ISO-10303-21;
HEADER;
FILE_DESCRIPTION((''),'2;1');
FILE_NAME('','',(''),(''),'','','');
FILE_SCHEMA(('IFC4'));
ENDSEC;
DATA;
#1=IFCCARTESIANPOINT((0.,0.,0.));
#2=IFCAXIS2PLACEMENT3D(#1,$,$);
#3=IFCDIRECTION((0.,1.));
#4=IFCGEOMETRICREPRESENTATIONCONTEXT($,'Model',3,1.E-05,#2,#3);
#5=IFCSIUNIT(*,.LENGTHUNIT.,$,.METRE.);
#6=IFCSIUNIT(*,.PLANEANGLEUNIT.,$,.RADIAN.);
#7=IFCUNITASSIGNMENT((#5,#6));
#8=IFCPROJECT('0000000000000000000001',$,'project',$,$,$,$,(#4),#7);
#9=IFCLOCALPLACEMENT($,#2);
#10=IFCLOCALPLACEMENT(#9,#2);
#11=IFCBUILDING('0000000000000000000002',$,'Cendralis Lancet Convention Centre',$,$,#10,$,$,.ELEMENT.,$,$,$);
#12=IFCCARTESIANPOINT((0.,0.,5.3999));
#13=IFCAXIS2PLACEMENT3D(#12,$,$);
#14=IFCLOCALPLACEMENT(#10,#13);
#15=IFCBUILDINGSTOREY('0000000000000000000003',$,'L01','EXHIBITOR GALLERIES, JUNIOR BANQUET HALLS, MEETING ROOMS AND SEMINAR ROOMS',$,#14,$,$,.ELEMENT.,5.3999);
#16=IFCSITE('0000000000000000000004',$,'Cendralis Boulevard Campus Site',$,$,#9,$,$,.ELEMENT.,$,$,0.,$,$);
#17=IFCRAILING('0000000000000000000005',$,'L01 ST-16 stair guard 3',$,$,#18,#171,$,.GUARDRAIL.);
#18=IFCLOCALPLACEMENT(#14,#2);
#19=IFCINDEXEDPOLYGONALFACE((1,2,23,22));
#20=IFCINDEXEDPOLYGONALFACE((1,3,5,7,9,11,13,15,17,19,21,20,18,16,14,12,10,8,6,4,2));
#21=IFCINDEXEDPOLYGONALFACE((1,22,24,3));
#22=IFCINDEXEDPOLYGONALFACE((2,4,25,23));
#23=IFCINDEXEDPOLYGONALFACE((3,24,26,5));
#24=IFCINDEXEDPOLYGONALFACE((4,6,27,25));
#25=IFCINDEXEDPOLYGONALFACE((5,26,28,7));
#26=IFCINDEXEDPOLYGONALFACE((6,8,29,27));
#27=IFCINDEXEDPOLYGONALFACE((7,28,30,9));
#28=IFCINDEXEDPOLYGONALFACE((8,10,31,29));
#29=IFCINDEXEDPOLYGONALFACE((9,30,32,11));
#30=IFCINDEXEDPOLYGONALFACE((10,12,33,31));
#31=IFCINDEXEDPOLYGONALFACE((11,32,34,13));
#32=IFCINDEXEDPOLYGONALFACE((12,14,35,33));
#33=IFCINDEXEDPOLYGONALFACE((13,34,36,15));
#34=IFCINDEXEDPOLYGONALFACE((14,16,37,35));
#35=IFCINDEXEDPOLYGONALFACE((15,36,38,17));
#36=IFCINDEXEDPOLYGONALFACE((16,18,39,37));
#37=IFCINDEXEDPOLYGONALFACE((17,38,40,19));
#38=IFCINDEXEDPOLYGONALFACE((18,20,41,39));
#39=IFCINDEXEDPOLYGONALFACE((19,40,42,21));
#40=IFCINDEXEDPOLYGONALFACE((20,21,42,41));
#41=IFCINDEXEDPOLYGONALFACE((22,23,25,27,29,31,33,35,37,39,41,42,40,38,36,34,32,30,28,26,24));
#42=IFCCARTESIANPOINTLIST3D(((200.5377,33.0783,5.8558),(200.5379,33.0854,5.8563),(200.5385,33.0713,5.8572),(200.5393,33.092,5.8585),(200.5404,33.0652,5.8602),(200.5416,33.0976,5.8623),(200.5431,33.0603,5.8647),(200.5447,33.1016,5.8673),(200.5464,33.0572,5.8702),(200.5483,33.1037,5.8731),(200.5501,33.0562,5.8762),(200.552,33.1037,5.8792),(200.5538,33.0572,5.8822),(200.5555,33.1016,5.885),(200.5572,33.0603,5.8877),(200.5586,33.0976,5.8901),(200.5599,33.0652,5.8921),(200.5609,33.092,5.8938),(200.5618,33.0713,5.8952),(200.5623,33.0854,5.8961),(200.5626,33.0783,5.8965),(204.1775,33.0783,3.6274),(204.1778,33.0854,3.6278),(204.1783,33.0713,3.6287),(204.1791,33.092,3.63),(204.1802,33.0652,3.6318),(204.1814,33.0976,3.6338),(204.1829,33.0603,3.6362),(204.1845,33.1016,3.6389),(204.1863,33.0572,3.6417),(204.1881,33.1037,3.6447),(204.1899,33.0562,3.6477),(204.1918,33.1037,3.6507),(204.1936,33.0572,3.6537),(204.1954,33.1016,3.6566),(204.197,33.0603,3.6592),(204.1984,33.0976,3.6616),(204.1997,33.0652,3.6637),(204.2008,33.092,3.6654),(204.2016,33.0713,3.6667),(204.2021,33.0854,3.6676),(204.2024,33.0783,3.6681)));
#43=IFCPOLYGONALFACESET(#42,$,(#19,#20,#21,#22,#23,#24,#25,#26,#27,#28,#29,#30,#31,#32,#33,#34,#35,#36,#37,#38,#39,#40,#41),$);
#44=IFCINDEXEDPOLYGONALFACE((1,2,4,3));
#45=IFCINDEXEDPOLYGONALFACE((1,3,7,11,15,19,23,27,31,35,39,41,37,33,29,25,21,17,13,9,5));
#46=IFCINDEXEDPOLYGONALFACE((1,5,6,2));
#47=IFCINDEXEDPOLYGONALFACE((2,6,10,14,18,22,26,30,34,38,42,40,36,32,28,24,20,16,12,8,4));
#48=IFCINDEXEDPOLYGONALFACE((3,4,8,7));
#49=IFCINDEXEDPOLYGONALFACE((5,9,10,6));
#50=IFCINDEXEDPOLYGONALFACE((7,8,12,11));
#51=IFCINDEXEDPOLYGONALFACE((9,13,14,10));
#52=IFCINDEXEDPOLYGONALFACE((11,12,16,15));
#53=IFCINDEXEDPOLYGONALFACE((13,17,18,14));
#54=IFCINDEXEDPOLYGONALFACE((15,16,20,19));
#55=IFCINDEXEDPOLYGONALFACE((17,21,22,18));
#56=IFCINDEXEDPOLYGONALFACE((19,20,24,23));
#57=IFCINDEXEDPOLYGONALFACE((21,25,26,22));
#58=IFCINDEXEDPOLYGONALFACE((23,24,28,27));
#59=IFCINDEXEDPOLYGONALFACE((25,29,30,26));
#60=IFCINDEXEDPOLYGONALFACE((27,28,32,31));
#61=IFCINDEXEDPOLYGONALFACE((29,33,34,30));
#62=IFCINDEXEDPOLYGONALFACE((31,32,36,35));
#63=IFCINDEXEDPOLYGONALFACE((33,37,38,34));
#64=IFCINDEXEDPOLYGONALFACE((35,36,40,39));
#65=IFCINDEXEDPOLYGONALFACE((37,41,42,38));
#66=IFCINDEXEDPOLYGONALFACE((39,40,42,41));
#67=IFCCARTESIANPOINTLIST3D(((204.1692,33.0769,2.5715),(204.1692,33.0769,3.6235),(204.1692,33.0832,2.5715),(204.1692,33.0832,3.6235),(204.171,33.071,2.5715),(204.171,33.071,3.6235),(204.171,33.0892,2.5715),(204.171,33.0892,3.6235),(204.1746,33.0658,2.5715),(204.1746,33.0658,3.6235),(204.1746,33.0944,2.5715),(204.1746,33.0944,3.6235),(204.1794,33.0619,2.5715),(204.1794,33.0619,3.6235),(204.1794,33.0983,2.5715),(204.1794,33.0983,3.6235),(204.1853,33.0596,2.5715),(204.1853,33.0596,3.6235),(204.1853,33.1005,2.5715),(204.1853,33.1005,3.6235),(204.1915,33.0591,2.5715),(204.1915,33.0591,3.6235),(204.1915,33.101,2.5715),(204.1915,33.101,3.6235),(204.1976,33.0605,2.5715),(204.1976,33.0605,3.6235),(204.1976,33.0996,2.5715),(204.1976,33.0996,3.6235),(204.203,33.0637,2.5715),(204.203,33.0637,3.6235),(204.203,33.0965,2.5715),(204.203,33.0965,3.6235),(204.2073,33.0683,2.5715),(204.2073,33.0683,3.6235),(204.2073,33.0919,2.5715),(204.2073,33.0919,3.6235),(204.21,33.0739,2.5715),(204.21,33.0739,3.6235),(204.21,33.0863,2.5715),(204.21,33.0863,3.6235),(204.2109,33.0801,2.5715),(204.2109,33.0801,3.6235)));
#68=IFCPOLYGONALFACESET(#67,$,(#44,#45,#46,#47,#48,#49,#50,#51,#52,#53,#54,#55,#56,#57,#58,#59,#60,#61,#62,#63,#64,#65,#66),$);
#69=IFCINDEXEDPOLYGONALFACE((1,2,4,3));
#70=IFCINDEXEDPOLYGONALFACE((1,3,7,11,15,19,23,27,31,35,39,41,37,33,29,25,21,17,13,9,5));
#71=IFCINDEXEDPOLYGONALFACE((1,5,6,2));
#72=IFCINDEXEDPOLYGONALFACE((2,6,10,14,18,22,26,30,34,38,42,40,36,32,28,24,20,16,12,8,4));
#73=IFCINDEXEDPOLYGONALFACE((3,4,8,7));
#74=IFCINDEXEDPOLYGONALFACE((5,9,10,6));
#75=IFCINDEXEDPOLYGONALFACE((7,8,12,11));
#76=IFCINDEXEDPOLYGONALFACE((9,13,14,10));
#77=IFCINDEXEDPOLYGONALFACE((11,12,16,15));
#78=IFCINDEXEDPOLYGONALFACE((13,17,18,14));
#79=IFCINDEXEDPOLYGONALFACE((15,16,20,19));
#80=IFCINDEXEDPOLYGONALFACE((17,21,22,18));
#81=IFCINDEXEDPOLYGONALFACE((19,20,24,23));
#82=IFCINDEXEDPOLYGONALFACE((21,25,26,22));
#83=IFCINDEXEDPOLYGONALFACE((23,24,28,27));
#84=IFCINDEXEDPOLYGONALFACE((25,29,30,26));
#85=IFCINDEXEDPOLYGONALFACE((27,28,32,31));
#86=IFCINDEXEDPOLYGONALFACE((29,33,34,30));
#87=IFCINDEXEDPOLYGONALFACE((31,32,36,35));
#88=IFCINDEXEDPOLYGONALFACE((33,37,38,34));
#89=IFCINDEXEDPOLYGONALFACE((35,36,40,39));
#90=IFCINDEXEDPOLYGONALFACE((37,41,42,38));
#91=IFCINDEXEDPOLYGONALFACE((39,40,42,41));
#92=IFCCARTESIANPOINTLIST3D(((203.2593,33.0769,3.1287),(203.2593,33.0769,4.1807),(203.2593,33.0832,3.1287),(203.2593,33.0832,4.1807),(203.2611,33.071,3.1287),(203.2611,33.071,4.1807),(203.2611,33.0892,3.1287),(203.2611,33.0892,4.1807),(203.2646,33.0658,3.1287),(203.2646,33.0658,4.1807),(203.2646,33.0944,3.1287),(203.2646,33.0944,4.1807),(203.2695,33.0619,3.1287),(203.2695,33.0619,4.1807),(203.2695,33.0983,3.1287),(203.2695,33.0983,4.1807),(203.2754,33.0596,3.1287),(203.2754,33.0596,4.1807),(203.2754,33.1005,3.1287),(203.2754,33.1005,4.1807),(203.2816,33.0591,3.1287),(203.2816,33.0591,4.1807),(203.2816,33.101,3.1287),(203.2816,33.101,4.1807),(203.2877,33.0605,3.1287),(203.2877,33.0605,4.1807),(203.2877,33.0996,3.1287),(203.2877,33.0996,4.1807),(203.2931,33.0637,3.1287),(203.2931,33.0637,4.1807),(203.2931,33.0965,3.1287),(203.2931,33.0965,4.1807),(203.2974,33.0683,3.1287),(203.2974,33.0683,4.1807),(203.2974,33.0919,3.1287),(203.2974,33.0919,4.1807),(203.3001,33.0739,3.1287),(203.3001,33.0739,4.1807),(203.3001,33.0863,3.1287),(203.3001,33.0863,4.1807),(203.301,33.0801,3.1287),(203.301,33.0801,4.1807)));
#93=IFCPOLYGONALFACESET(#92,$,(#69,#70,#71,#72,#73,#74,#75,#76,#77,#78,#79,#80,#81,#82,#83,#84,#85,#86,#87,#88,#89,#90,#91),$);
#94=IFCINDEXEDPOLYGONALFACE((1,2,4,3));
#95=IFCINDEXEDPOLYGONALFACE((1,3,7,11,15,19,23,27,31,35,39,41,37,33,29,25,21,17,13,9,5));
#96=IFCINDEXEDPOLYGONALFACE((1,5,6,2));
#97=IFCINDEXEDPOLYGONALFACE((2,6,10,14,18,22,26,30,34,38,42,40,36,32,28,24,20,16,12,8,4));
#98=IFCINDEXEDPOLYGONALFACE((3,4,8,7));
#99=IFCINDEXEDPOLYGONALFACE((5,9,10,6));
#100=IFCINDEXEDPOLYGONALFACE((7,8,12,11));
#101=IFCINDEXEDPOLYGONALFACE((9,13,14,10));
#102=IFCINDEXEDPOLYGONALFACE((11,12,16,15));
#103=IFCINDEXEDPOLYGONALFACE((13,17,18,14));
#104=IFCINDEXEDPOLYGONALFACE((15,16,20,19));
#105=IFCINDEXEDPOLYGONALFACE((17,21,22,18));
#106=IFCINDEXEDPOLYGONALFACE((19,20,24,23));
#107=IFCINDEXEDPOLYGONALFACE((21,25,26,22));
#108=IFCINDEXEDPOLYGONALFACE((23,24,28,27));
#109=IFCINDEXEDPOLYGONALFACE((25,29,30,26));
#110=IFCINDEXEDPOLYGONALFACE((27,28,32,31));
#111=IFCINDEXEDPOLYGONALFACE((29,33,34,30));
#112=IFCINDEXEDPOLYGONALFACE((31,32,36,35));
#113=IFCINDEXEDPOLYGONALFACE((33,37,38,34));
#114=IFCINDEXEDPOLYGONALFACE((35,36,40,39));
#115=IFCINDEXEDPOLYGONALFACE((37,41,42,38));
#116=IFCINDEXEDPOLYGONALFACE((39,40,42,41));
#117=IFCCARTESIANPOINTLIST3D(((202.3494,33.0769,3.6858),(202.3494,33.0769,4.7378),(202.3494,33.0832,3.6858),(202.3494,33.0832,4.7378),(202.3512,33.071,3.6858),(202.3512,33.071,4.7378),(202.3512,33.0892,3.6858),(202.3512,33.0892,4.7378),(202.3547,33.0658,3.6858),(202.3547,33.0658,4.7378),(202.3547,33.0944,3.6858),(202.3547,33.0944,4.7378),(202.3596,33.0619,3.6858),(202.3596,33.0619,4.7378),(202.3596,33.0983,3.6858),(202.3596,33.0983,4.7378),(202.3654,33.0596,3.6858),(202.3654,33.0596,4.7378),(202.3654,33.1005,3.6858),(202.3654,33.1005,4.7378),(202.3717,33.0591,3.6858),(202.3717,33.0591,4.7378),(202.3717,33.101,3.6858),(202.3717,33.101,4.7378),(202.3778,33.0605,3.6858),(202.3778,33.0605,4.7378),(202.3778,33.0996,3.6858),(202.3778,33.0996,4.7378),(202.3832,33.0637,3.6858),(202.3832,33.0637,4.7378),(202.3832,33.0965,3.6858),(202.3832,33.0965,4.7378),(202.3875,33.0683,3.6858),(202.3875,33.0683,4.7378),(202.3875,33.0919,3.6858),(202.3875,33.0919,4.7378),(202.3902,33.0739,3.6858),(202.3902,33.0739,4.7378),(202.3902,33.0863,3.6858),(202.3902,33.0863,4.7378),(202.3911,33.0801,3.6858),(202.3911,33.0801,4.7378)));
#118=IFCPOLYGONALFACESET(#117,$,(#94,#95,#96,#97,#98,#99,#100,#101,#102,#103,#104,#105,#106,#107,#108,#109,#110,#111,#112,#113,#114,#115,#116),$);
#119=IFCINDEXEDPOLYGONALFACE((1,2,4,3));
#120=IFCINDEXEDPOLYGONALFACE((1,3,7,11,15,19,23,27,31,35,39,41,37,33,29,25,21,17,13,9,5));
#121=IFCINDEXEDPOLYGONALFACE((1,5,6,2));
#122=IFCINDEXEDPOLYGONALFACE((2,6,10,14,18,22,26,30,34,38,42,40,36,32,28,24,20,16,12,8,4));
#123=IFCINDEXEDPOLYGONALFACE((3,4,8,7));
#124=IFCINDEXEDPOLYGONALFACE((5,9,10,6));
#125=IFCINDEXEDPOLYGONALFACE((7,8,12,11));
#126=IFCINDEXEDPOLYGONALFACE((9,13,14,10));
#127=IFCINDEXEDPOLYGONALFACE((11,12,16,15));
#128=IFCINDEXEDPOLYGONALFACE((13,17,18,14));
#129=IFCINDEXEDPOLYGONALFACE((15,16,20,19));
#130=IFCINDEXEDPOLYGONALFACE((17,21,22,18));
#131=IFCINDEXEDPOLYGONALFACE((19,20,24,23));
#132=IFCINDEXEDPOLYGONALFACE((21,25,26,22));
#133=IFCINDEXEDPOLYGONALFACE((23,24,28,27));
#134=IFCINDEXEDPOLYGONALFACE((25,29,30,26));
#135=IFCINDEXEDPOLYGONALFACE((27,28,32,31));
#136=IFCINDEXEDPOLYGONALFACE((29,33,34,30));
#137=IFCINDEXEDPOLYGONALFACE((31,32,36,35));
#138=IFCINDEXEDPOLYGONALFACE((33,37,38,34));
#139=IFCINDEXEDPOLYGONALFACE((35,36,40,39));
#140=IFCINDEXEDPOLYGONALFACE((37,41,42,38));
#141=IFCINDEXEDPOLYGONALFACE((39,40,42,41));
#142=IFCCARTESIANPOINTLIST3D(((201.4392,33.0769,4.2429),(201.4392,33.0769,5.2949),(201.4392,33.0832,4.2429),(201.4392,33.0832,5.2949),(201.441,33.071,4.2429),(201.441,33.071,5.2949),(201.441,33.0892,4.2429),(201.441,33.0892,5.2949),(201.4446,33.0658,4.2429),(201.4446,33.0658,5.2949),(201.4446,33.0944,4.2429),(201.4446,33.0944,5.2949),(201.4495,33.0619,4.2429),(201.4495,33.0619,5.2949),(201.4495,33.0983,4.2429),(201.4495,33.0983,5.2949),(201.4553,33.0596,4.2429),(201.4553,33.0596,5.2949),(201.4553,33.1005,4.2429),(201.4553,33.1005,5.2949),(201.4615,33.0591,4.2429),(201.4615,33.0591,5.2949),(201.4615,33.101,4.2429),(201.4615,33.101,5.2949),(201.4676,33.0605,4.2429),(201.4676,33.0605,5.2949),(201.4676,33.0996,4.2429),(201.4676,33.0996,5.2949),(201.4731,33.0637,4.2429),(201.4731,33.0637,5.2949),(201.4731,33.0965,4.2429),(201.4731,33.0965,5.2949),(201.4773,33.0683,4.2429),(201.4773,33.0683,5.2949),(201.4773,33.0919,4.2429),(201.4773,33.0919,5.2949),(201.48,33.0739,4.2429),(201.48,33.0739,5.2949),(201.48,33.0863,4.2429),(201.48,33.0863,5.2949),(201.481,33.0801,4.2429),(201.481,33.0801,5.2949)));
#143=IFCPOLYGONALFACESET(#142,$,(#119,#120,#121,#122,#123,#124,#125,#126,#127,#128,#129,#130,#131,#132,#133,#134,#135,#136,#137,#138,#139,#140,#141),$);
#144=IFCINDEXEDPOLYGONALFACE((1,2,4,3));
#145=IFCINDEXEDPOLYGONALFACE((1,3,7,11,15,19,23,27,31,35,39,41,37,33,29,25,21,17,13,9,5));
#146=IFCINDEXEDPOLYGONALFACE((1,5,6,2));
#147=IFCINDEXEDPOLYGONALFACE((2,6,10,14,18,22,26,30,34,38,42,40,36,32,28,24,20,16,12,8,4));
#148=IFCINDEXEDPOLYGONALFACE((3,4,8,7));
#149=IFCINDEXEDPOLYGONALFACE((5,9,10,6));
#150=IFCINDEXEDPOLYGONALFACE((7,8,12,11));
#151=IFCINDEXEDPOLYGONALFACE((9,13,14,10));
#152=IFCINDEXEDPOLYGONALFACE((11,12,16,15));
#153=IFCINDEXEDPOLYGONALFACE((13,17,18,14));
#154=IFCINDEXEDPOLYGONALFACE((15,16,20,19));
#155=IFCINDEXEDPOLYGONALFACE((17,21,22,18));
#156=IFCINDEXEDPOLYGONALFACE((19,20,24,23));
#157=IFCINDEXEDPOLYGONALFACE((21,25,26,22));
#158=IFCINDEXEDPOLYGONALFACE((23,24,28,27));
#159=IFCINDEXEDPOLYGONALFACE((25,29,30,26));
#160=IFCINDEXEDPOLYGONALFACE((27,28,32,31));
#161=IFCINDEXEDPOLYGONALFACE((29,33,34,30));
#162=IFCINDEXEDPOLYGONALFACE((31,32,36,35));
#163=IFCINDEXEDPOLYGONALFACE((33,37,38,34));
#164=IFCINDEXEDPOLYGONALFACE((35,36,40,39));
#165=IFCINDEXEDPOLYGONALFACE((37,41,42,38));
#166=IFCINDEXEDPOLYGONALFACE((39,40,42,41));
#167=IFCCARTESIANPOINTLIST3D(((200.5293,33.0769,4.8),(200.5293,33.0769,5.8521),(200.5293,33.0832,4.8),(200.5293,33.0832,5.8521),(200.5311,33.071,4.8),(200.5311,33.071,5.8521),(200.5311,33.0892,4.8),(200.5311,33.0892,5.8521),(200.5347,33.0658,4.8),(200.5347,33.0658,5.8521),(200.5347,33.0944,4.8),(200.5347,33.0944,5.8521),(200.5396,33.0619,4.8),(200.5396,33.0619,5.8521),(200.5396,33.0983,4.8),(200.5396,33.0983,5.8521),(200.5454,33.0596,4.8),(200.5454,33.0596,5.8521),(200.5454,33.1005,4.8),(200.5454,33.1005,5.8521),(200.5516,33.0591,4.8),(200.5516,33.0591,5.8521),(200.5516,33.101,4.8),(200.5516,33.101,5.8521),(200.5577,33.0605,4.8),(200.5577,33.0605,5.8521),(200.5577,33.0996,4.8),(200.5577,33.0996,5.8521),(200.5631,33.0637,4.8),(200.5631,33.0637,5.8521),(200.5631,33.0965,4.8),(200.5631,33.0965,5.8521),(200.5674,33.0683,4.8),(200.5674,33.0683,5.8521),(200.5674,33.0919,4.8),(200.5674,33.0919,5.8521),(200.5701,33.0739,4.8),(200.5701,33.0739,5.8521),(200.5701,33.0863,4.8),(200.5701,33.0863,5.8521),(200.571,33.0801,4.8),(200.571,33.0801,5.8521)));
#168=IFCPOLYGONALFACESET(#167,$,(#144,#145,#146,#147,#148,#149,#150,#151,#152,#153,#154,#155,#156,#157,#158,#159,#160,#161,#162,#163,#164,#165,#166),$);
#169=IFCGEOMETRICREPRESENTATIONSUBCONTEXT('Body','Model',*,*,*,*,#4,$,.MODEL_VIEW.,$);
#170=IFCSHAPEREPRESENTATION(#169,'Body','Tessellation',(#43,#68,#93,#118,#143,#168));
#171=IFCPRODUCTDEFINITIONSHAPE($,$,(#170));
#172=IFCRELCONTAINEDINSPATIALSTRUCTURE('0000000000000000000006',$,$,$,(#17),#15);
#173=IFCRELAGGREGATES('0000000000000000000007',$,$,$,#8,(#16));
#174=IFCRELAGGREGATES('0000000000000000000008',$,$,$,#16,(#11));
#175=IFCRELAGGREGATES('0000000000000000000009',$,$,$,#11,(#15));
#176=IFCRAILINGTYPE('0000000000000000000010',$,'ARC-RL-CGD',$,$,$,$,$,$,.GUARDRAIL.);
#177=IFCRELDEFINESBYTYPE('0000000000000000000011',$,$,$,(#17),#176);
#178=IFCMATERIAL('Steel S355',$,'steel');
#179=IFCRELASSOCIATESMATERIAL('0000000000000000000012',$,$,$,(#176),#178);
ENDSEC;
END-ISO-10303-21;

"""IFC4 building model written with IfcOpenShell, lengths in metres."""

from ifc_helpers import new_model, si_unit, direction, frame, origin, origin_2d, place, context, subcontext, project, spatial, circle, extrude, material, type_object, element, save


model = new_model("IFC4")

# Units and contexts
model_context = context("Model", 3, precision=1e-05, world=origin(), true_north=direction((0.0, 1.0)))
body_context = subcontext(model_context, "Body", "Model", "MODEL_VIEW")
ifc_project = project(units=[si_unit("LENGTHUNIT", "METRE"), si_unit("PLANEANGLEUNIT", "RADIAN")], contexts=[model_context])

# Site, building, storey
site_placement = place(None, origin())
site = spatial("IfcSite", under=ifc_project, at=site_placement, Name="Cendralis Boulevard Campus Site", CompositionType="ELEMENT", RefElevation=0.0)
building_placement = place(site_placement, origin())
building = spatial("IfcBuilding", under=site, at=building_placement, Name="Cendralis Lancet Convention Centre", CompositionType="ELEMENT")
storey_placement = place(building_placement, frame((0.0, 0.0, 5.3999)))
storey = spatial("IfcBuildingStorey", under=building, at=storey_placement, Name="L01", Description="EXHIBITOR GALLERIES, JUNIOR BANQUET HALLS, MEETING ROOMS AND SEMINAR ROOMS", CompositionType="ELEMENT", Elevation=5.3999)

# Shared definitions
ifc_material_1 = material(Name="Steel S355", Category="steel")

# Railing
railing_type_1 = type_object("IfcRailingType", Name="ARC-RL-CGD", PredefinedType="GUARDRAIL", material=ifc_material_1)
railing_1_placement = place(storey_placement, frame((204.1899, 33.0801, 2.5715)))
element("IfcRailing", 1, at=railing_1_placement, inside=storey, type_object=railing_type_1, Name="L01 ST-16 stair guard 3", PredefinedType="GUARDRAIL", context=body_context, shape_type="SweptSolid", body=[
    extrude(circle(Radius=0.0239, at=origin_2d()), frame((0.0, 0.0, 1.0762), z_axis=(-0.85285, 0.0, 0.522156), x_axis=(0.0, -1.0, 0.0)), (0.0, 0.0, 1.0), 4.2678),
    extrude(circle(Radius=0.021, at=origin_2d()), origin(), (0.0, 0.0, 1.0), 1.052),
    extrude(circle(Radius=0.021, at=origin_2d()), frame((-0.9099, 0.0, 0.5571)), (0.0, 0.0, 1.0), 1.052),
    extrude(circle(Radius=0.021, at=origin_2d()), frame((-1.8198, 0.0, 1.1143)), (0.0, 0.0, 1.0), 1.052),
    extrude(circle(Radius=0.021, at=origin_2d()), frame((-2.73, 0.0, 1.6714)), (0.0, 0.0, 1.0), 1.052),
    extrude(circle(Radius=0.021, at=origin_2d()), frame((-3.6399, 0.0, 2.2285)), (0.0, 0.0, 1.0), 1.052),
])

save(model, "model.ifc")
